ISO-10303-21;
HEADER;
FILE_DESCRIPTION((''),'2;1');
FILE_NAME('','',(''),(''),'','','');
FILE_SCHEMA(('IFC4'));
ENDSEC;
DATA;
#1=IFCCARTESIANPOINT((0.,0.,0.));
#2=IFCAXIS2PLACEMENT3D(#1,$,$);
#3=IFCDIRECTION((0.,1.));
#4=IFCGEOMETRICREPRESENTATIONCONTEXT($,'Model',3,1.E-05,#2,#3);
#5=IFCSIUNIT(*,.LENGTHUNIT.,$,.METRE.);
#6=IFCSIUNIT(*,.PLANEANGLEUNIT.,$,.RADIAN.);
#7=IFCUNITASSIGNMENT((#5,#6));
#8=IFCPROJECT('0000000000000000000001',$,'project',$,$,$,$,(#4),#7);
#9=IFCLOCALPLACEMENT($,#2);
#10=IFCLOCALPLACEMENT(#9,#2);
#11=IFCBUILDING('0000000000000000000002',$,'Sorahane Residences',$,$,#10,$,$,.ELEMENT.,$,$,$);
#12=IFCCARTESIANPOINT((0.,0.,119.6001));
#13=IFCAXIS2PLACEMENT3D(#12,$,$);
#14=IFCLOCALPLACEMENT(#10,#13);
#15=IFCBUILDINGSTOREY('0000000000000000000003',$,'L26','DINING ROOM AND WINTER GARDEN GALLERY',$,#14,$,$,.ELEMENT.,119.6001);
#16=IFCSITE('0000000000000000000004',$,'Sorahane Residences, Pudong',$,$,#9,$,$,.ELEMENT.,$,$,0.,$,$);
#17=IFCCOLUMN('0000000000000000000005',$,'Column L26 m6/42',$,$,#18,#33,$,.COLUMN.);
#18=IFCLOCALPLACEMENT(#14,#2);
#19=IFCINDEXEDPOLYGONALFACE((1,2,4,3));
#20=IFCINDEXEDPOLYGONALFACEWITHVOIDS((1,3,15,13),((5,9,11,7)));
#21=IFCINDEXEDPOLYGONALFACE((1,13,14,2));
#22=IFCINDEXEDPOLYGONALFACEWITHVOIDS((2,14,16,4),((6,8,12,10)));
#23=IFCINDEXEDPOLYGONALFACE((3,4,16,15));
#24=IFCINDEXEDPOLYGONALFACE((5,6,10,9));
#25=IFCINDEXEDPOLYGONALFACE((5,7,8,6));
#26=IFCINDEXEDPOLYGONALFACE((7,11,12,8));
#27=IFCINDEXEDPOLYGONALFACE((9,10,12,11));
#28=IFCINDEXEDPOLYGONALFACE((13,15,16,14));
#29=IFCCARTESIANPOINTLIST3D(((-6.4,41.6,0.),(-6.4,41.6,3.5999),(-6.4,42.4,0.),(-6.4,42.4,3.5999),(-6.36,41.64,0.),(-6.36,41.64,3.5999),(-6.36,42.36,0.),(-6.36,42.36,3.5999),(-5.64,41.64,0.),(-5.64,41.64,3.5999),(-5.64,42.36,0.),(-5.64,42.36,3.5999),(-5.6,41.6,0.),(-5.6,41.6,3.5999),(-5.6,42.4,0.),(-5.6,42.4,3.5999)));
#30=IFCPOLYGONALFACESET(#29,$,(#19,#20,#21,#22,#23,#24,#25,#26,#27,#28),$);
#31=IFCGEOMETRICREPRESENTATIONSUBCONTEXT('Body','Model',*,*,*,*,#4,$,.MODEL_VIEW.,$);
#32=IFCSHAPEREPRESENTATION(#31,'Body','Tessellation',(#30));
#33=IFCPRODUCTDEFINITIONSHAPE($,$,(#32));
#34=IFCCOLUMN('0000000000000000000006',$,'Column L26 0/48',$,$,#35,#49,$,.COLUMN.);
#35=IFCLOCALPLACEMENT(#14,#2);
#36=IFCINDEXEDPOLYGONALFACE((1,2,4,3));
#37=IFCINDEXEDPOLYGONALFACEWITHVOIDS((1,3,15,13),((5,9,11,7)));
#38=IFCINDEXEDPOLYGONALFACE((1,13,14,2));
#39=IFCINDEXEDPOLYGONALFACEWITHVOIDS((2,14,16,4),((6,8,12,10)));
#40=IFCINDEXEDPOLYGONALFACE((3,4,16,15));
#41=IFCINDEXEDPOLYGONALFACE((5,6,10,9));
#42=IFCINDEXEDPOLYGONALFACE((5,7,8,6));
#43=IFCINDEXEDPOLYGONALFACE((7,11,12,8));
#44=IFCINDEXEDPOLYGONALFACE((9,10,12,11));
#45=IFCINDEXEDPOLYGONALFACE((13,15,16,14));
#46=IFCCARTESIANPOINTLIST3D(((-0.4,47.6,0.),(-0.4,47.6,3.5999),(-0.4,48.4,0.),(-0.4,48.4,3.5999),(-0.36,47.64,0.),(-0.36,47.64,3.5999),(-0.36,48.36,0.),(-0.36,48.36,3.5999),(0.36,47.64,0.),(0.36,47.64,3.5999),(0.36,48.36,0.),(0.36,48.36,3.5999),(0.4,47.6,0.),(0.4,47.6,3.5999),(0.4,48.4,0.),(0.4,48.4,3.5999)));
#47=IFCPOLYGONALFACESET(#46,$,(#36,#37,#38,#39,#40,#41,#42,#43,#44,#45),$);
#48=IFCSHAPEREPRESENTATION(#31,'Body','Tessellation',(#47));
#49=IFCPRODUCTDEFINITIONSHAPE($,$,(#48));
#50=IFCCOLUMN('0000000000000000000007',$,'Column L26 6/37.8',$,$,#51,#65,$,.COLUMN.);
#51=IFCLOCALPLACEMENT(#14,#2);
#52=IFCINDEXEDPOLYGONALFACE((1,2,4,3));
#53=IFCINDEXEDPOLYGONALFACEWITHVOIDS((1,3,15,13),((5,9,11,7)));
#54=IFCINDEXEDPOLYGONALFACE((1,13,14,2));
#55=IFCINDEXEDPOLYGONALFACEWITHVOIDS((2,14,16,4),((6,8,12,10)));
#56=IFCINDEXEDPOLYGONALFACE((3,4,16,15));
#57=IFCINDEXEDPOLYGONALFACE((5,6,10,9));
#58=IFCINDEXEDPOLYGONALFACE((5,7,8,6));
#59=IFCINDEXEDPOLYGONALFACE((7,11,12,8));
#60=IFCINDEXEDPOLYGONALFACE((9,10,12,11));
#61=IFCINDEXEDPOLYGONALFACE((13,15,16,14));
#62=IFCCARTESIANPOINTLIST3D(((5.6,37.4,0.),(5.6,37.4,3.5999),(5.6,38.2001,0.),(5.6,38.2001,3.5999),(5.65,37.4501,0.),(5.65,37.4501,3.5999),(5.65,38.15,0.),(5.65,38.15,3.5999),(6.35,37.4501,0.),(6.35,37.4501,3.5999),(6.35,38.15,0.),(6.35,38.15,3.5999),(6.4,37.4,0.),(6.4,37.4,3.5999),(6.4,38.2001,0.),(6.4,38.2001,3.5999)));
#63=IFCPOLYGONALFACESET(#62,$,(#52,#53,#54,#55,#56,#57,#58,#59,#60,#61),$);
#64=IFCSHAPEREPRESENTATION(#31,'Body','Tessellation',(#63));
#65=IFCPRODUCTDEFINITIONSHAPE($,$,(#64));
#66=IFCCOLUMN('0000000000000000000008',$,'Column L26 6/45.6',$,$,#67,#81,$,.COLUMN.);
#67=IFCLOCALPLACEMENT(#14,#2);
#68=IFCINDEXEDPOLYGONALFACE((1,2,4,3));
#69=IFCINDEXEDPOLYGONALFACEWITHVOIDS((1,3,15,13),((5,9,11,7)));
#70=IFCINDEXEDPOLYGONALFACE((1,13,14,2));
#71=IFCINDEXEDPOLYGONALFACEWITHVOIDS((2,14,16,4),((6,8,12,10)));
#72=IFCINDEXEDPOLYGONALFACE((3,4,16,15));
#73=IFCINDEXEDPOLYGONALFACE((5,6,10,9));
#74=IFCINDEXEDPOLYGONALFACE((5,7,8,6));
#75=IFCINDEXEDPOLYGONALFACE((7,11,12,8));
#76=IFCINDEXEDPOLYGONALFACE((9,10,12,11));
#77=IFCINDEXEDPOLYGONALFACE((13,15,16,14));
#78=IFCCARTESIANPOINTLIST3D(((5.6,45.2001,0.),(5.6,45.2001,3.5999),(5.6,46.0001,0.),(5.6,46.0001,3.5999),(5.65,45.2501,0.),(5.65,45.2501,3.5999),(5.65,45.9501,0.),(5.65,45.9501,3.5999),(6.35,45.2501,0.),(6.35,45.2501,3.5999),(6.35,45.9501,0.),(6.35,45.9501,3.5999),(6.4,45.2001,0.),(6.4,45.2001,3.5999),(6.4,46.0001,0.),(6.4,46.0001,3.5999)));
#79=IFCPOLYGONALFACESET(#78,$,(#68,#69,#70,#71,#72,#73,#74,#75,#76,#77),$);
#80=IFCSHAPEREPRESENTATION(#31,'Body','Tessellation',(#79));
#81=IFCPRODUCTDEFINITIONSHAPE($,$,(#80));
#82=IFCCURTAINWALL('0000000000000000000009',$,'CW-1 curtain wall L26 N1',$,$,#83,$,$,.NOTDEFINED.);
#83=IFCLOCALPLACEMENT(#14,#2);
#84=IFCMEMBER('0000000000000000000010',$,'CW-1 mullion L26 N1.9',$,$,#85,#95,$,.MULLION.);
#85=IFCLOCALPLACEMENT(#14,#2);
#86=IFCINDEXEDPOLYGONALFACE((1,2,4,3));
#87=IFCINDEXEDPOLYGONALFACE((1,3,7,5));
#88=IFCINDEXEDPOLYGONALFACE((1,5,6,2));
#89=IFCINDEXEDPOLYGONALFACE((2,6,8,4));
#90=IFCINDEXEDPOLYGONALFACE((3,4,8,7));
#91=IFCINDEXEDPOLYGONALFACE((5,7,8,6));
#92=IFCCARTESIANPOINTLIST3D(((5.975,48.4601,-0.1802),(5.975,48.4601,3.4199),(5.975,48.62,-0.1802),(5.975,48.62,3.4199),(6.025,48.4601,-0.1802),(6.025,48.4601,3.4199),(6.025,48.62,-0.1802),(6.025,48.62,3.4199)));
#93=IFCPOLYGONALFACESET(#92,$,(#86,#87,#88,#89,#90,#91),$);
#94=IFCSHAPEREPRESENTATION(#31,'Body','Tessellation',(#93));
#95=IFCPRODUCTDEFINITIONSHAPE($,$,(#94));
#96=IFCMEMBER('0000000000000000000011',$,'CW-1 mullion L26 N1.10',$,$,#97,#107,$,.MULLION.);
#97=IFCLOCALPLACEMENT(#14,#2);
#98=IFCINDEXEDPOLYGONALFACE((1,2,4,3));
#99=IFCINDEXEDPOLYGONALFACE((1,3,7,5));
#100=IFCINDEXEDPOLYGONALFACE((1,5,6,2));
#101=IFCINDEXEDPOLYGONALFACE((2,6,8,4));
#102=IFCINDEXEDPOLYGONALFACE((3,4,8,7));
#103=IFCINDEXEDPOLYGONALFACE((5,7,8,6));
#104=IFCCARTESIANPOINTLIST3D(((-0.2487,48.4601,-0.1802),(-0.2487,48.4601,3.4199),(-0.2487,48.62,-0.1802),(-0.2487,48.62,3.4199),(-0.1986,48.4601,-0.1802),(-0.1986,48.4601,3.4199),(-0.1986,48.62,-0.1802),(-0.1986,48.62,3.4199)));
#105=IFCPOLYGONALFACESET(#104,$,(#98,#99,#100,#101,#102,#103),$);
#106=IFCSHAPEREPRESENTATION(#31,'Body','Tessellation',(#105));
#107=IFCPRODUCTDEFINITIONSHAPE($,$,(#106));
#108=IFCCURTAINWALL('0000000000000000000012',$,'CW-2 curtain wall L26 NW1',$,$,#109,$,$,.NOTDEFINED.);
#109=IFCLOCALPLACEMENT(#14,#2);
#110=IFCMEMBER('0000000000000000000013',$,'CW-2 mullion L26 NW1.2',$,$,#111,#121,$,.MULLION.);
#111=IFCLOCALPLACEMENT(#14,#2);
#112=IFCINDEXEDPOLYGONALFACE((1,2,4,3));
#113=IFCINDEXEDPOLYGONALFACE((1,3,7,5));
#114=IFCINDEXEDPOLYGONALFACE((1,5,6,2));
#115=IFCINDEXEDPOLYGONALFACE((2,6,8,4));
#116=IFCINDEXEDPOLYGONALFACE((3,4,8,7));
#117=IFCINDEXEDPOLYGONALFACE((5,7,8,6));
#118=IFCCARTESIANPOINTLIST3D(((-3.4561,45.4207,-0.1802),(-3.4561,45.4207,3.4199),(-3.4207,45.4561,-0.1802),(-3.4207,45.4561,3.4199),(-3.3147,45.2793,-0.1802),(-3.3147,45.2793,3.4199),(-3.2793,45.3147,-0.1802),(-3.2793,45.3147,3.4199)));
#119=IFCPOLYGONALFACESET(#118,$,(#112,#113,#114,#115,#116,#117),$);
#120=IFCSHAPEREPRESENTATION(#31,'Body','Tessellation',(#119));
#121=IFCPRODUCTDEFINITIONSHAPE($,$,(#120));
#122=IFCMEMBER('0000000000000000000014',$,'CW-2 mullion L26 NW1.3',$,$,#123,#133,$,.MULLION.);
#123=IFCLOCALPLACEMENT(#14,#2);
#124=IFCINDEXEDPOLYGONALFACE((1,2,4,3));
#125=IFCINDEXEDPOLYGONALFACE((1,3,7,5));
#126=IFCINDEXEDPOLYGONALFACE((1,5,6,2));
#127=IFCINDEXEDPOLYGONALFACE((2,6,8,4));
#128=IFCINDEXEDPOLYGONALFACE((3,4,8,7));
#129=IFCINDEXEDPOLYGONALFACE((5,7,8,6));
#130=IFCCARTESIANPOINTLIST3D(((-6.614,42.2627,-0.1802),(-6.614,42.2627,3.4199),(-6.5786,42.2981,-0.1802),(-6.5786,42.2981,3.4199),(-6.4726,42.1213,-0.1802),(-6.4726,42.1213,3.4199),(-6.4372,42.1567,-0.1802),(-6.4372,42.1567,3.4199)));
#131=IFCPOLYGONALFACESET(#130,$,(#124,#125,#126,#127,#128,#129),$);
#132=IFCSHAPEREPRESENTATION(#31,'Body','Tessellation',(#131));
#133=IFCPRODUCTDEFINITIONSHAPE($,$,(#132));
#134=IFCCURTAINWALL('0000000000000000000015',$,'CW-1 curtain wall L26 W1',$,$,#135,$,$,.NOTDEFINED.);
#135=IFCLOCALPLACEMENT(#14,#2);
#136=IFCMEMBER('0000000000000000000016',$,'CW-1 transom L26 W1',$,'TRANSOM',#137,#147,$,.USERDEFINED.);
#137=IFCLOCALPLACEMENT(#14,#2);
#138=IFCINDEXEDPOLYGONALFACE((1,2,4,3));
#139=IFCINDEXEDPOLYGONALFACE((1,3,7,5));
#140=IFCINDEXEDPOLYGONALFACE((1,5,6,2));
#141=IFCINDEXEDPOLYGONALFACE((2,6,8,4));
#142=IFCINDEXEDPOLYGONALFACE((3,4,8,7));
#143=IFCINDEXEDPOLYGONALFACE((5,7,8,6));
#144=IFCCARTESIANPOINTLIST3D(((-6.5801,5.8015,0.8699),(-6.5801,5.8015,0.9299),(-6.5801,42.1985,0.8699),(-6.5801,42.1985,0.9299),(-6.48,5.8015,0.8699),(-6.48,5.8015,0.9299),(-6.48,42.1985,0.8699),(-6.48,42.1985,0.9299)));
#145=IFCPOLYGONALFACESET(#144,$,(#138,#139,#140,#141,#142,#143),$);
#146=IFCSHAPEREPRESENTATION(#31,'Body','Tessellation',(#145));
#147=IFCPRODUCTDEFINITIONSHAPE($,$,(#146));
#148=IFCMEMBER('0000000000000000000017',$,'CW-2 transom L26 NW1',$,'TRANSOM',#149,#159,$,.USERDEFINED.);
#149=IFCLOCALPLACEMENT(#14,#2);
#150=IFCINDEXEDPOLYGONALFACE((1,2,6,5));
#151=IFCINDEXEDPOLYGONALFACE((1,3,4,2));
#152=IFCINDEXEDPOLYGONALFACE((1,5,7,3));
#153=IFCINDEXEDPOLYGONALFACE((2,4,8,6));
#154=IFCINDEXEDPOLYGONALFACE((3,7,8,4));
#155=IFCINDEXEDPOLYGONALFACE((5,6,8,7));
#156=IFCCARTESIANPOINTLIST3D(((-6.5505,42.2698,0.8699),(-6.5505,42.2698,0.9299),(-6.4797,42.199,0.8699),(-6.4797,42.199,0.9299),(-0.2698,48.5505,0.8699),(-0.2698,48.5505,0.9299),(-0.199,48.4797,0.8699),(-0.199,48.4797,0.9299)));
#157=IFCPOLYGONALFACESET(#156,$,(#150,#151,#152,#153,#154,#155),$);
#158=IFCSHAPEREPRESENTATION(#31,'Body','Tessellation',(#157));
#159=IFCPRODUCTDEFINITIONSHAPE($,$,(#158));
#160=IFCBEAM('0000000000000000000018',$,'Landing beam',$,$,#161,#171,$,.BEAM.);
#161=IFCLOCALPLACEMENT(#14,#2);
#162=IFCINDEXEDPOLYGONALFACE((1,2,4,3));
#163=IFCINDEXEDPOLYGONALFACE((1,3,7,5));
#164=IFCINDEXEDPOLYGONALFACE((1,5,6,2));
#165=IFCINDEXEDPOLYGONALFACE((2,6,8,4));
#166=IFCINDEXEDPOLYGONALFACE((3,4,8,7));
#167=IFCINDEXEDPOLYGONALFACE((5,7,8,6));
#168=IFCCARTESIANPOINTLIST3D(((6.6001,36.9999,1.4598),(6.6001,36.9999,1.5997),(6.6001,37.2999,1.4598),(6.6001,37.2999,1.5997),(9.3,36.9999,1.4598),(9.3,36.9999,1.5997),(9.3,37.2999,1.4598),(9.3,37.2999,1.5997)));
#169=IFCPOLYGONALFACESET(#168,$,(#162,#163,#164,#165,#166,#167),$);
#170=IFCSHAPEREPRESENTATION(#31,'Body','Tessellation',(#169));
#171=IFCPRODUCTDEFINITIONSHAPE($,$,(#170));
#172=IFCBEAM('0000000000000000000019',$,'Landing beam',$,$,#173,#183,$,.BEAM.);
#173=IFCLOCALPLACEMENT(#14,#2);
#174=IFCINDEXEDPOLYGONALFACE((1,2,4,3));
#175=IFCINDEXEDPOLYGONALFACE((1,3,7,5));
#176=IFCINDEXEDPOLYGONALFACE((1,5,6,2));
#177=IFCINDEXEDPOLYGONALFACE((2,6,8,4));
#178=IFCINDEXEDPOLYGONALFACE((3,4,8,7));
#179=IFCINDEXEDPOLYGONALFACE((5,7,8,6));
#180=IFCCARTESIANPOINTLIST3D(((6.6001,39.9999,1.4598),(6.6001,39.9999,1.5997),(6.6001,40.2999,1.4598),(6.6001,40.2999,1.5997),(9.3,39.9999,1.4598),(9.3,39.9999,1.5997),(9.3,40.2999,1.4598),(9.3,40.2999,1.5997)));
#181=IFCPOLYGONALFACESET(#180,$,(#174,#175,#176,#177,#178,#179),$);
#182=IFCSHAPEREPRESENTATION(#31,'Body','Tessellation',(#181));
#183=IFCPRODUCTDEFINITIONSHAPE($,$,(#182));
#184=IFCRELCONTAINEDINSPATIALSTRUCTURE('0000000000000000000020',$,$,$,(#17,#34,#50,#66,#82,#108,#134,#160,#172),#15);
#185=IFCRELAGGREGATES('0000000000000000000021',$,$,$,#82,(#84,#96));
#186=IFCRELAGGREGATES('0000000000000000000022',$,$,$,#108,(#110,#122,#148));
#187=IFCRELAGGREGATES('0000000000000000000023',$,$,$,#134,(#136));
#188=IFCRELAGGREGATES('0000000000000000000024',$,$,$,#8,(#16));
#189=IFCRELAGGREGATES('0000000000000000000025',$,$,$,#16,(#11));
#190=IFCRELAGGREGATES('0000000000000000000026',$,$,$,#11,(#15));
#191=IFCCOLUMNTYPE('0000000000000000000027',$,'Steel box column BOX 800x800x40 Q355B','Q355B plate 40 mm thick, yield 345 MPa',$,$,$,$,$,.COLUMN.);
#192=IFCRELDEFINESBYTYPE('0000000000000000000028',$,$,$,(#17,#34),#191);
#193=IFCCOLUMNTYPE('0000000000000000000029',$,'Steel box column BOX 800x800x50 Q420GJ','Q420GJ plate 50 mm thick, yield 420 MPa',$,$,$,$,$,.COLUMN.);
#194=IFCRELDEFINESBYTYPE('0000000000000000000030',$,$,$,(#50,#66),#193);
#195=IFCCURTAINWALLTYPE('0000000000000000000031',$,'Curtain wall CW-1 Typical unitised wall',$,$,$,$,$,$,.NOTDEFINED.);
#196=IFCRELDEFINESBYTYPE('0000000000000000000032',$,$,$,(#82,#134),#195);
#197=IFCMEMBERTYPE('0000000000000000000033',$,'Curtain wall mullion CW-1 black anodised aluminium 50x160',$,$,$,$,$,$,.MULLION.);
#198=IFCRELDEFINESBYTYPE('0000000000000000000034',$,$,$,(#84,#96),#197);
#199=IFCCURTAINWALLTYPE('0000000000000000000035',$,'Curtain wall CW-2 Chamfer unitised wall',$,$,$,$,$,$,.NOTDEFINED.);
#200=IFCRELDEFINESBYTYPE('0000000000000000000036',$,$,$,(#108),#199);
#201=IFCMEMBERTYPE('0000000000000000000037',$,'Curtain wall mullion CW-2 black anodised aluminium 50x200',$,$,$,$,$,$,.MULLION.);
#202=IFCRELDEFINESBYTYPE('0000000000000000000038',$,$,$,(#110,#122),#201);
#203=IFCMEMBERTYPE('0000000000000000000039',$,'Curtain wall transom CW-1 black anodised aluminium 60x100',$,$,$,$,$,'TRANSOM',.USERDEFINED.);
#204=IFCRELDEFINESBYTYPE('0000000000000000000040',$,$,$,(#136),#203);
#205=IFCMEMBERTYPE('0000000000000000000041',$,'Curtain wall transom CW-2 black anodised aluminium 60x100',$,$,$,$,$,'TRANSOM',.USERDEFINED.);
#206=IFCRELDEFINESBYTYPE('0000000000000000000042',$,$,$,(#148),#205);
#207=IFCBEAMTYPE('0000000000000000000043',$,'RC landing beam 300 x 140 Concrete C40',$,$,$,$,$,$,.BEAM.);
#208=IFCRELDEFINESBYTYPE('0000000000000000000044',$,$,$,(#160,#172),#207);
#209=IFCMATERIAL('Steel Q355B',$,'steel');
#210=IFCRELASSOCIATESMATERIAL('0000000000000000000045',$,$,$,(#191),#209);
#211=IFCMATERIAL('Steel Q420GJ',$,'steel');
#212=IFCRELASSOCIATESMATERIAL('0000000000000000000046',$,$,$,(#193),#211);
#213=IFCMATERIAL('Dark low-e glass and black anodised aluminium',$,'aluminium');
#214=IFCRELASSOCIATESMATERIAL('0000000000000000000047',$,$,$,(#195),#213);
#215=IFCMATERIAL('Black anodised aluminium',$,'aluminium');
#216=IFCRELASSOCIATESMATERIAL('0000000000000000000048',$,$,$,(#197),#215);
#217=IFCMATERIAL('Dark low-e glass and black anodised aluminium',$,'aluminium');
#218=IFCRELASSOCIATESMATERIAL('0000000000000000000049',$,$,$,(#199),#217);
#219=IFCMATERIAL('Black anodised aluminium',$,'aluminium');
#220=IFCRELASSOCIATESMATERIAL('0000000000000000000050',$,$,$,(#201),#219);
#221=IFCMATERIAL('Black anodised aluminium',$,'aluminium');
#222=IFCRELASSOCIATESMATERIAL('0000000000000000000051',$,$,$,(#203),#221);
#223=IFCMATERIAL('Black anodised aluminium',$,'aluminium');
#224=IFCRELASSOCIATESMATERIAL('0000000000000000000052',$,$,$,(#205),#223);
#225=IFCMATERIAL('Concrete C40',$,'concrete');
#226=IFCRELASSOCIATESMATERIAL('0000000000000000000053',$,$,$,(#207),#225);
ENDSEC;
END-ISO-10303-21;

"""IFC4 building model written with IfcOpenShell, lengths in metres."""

from ifc_helpers import new_model, si_unit, direction, frame, origin, origin_2d, place, context, subcontext, project, spatial, rectangle, hollow_rectangle, extrude, material, material_profile, profile_set, type_object, element, aggregate, save


model = new_model("IFC4")

# Units and contexts
model_context = context("Model", 3, precision=1e-05, world=origin(), true_north=direction((0.0, 1.0)))
body_context = subcontext(model_context, "Body", "Model", "MODEL_VIEW")
ifc_project = project(units=[si_unit("LENGTHUNIT", "METRE"), si_unit("PLANEANGLEUNIT", "RADIAN")], contexts=[model_context])

# Site, building, storey
site_placement = place(None, origin())
site = spatial("IfcSite", under=ifc_project, at=site_placement, Name="Sorahane Residences, Pudong", CompositionType="ELEMENT", RefElevation=0.0)
building_placement = place(site_placement, origin())
building = spatial("IfcBuilding", under=site, at=building_placement, Name="Sorahane Residences", CompositionType="ELEMENT")
storey_placement = place(building_placement, frame((0.0, 0.0, 119.6001)))
storey = spatial("IfcBuildingStorey", under=building, at=storey_placement, Name="L26", Description="DINING ROOM AND WINTER GARDEN GALLERY", CompositionType="ELEMENT", Elevation=119.6001)

# Columns
ifc_material_1 = material(Name="Steel Q355B", Category="steel")
ifc_material_profile_1 = material_profile(ifc_material_1, hollow_rectangle(XDim=0.8, YDim=0.8, WallThickness=0.04, at=origin_2d()), Name="BOX 800x800x40")
ifc_profile_set_1 = profile_set([ifc_material_profile_1], Name="Steel Q355B")
column_type_1 = type_object("IfcColumnType", Name="Steel box column BOX 800x800x40 Q355B", Description="Q355B plate 40 mm thick, yield 345 MPa", PredefinedType="COLUMN", material=ifc_profile_set_1)
for number, where, z_axis, x_axis, name in (
    (1, (-6.0, 42.0, 0.0), (0.0, 0.0, 1.0), (1.0, 0.0, 0.0), "Column L26 m6/42"),
    (2, (0.0, 48.0, 0.0), (0.0, 0.0, 1.0), (1.0, 0.0, 0.0), "Column L26 0/48"),
):
    element("IfcColumn", number, at=place(storey_placement, frame(where, z_axis=z_axis, x_axis=x_axis)), inside=storey, type_object=column_type_1, Name=name, PredefinedType="COLUMN", context=body_context, shape_type="SweptSolid", body=[
        extrude(hollow_rectangle(XDim=0.8, YDim=0.8, WallThickness=0.04, at=origin_2d()), origin(), (0.0, 0.0, 1.0), 3.5999),
    ])
ifc_material_2 = material(Name="Steel Q420GJ", Category="steel")
ifc_material_profile_2 = material_profile(ifc_material_2, hollow_rectangle(XDim=0.8, YDim=0.8, WallThickness=0.05, at=origin_2d()), Name="BOX 800x800x50")
ifc_profile_set_2 = profile_set([ifc_material_profile_2], Name="Steel Q420GJ")
column_type_2 = type_object("IfcColumnType", Name="Steel box column BOX 800x800x50 Q420GJ", Description="Q420GJ plate 50 mm thick, yield 420 MPa", PredefinedType="COLUMN", material=ifc_profile_set_2)
for number, where, z_axis, x_axis, name in (
    (3, (6.0, 37.8, 0.0), (0.0, 0.0, 1.0), (1.0, 0.0, 0.0), "Column L26 6/37.8"),
    (4, (6.0, 45.6001, 0.0), (0.0, 0.0, 1.0), (1.0, 0.0, 0.0), "Column L26 6/45.6"),
):
    element("IfcColumn", number, at=place(storey_placement, frame(where, z_axis=z_axis, x_axis=x_axis)), inside=storey, type_object=column_type_2, Name=name, PredefinedType="COLUMN", context=body_context, shape_type="SweptSolid", body=[
        extrude(hollow_rectangle(XDim=0.8, YDim=0.8, WallThickness=0.05, at=origin_2d()), origin(), (0.0, 0.0, 1.0), 3.5999),
    ])

# Curtain walls, members
ifc_material_3 = material(Name="Dark low-e glass and black anodised aluminium", Category="aluminium")
curtain_wall_type_1 = type_object("IfcCurtainWallType", Name="Curtain wall CW-1 Typical unitised wall", PredefinedType="NOTDEFINED", material=ifc_material_3)
curtain_wall_1_placement = place(storey_placement, origin())
curtain_wall_1 = element("IfcCurtainWall", 5, at=curtain_wall_1_placement, inside=storey, type_object=curtain_wall_type_1, Name="CW-1 curtain wall L26 N1", PredefinedType="NOTDEFINED")
ifc_material_4 = material(Name="Black anodised aluminium", Category="aluminium")
ifc_material_profile_3 = material_profile(ifc_material_4, rectangle(XDim=0.1599, YDim=0.05, at=origin_2d()), Name="Curtain wall mullion CW-1 black anodised aluminium 50x160")
ifc_profile_set_3 = profile_set([ifc_material_profile_3], Name="Black anodised aluminium")
member_type_1 = type_object("IfcMemberType", Name="Curtain wall mullion CW-1 black anodised aluminium 50x160", PredefinedType="MULLION", material=ifc_profile_set_3)
member_1_placement = place(storey_placement, frame((6.0, 48.54, -0.1802), z_axis=(0.0, 0.0, 1.0), x_axis=(0.0, 1.0, 0.0)))
member_1 = element("IfcMember", 6, at=member_1_placement, type_object=member_type_1, Name="CW-1 mullion L26 N1.9", PredefinedType="MULLION", context=body_context, shape_type="SweptSolid", body=[
    extrude(rectangle(XDim=0.1599, YDim=0.05, at=origin_2d()), origin(), (0.0, 0.0, 1.0), 3.6001),
])
member_2_placement = place(storey_placement, frame((-0.2236, 48.54, -0.1802), z_axis=(0.0, 0.0, 1.0), x_axis=(0.0, 1.0, 0.0)))
member_2 = element("IfcMember", 7, at=member_2_placement, type_object=member_type_1, Name="CW-1 mullion L26 N1.10", PredefinedType="MULLION", context=body_context, shape_type="SweptSolid", body=[
    extrude(rectangle(XDim=0.1599, YDim=0.05, at=origin_2d()), origin(), (0.0, 0.0, 1.0), 3.6001),
])
ifc_material_5 = material(Name="Dark low-e glass and black anodised aluminium", Category="aluminium")
curtain_wall_type_2 = type_object("IfcCurtainWallType", Name="Curtain wall CW-2 Chamfer unitised wall", PredefinedType="NOTDEFINED", material=ifc_material_5)
curtain_wall_2_placement = place(storey_placement, origin())
curtain_wall_2 = element("IfcCurtainWall", 8, at=curtain_wall_2_placement, inside=storey, type_object=curtain_wall_type_2, Name="CW-2 curtain wall L26 NW1", PredefinedType="NOTDEFINED")
ifc_material_6 = material(Name="Black anodised aluminium", Category="aluminium")
ifc_material_profile_4 = material_profile(ifc_material_6, rectangle(XDim=0.2, YDim=0.05, at=origin_2d()), Name="Curtain wall mullion CW-2 black anodised aluminium 50x200")
ifc_profile_set_4 = profile_set([ifc_material_profile_4], Name="Black anodised aluminium")
member_type_2 = type_object("IfcMemberType", Name="Curtain wall mullion CW-2 black anodised aluminium 50x200", PredefinedType="MULLION", material=ifc_profile_set_4)
member_3_placement = place(storey_placement, frame((-3.3677, 45.3677, -0.1802), z_axis=(0.0, 0.0, 1.0), x_axis=(-0.707107, 0.707107, 0.0)))
member_3 = element("IfcMember", 9, at=member_3_placement, type_object=member_type_2, Name="CW-2 mullion L26 NW1.2", PredefinedType="MULLION", context=body_context, shape_type="SweptSolid", body=[
    extrude(rectangle(XDim=0.2, YDim=0.05, at=origin_2d()), origin(), (0.0, 0.0, 1.0), 3.6001),
])
member_4_placement = place(storey_placement, frame((-6.5256, 42.2097, -0.1802), z_axis=(0.0, 0.0, 1.0), x_axis=(-0.707107, 0.707107, 0.0)))
member_4 = element("IfcMember", 10, at=member_4_placement, type_object=member_type_2, Name="CW-2 mullion L26 NW1.3", PredefinedType="MULLION", context=body_context, shape_type="SweptSolid", body=[
    extrude(rectangle(XDim=0.2, YDim=0.05, at=origin_2d()), origin(), (0.0, 0.0, 1.0), 3.6001),
])

# Curtain wall, member
curtain_wall_3_placement = place(storey_placement, origin())
curtain_wall_3 = element("IfcCurtainWall", 11, at=curtain_wall_3_placement, inside=storey, type_object=curtain_wall_type_1, Name="CW-1 curtain wall L26 W1", PredefinedType="NOTDEFINED")
ifc_material_7 = material(Name="Black anodised aluminium", Category="aluminium")
ifc_material_profile_5 = material_profile(ifc_material_7, rectangle(XDim=0.1001, YDim=0.0601, at=origin_2d()), Name="Curtain wall transom CW-1 black anodised aluminium 60x100")
ifc_profile_set_5 = profile_set([ifc_material_profile_5], Name="Black anodised aluminium")
member_type_3 = type_object("IfcMemberType", Name="Curtain wall transom CW-1 black anodised aluminium 60x100", ElementType="TRANSOM", PredefinedType="USERDEFINED", material=ifc_profile_set_5)
member_5_placement = place(storey_placement, frame((-6.53, 42.1985, 0.8999), z_axis=(0.0, -1.0, 0.0), x_axis=(1.0, 0.0, 0.0)))
member_5 = element("IfcMember", 12, at=member_5_placement, type_object=member_type_3, Name="CW-1 transom L26 W1", ObjectType="TRANSOM", PredefinedType="USERDEFINED", context=body_context, shape_type="SweptSolid", body=[
    extrude(rectangle(XDim=0.1001, YDim=0.0601, at=origin_2d()), origin(), (0.0, 0.0, 1.0), 36.397),
])

# Member
ifc_material_8 = material(Name="Black anodised aluminium", Category="aluminium")
ifc_material_profile_6 = material_profile(ifc_material_8, rectangle(XDim=0.1001, YDim=0.0601, at=origin_2d()), Name="Curtain wall transom CW-2 black anodised aluminium 60x100")
ifc_profile_set_6 = profile_set([ifc_material_profile_6], Name="Black anodised aluminium")
member_type_4 = type_object("IfcMemberType", Name="Curtain wall transom CW-2 black anodised aluminium 60x100", ElementType="TRANSOM", PredefinedType="USERDEFINED", material=ifc_profile_set_6)
member_6_placement = place(storey_placement, frame((-0.2344, 48.5151, 0.8999), z_axis=(-0.707107, -0.707107, 0.0), x_axis=(0.707107, -0.707107, 0.0)))
member_6 = element("IfcMember", 13, at=member_6_placement, type_object=member_type_4, Name="CW-2 transom L26 NW1", ObjectType="TRANSOM", PredefinedType="USERDEFINED", context=body_context, shape_type="SweptSolid", body=[
    extrude(rectangle(XDim=0.1001, YDim=0.0601, at=origin_2d()), origin(), (0.0, 0.0, 1.0), 8.8823),
])

# Beams
ifc_material_9 = material(Name="Concrete C40", Category="concrete")
ifc_material_profile_7 = material_profile(ifc_material_9, rectangle(XDim=0.3, YDim=0.1399, at=origin_2d()), Name="300x140")
ifc_profile_set_7 = profile_set([ifc_material_profile_7], Name="Concrete C40")
beam_type_1 = type_object("IfcBeamType", Name="RC landing beam 300 x 140 Concrete C40", PredefinedType="BEAM", material=ifc_profile_set_7)
for number, where, z_axis, x_axis, name in (
    (14, (6.6001, 37.1499, 1.5298), (1.0, 0.0, 0.0), (0.0, 1.0, 0.0), "Landing beam"),
    (15, (6.6001, 40.1499, 1.5298), (1.0, 0.0, 0.0), (0.0, 1.0, 0.0), "Landing beam"),
):
    element("IfcBeam", number, at=place(storey_placement, frame(where, z_axis=z_axis, x_axis=x_axis)), inside=storey, type_object=beam_type_1, Name=name, PredefinedType="BEAM", context=body_context, shape_type="SweptSolid", body=[
        extrude(rectangle(XDim=0.3, YDim=0.1399, at=origin_2d()), origin(), (0.0, 0.0, 1.0), 2.7),
    ])

aggregate(curtain_wall_1, [member_1, member_2])
aggregate(curtain_wall_2, [member_3, member_4, member_6])
aggregate(curtain_wall_3, [member_5])

save(model, "model.ifc")
